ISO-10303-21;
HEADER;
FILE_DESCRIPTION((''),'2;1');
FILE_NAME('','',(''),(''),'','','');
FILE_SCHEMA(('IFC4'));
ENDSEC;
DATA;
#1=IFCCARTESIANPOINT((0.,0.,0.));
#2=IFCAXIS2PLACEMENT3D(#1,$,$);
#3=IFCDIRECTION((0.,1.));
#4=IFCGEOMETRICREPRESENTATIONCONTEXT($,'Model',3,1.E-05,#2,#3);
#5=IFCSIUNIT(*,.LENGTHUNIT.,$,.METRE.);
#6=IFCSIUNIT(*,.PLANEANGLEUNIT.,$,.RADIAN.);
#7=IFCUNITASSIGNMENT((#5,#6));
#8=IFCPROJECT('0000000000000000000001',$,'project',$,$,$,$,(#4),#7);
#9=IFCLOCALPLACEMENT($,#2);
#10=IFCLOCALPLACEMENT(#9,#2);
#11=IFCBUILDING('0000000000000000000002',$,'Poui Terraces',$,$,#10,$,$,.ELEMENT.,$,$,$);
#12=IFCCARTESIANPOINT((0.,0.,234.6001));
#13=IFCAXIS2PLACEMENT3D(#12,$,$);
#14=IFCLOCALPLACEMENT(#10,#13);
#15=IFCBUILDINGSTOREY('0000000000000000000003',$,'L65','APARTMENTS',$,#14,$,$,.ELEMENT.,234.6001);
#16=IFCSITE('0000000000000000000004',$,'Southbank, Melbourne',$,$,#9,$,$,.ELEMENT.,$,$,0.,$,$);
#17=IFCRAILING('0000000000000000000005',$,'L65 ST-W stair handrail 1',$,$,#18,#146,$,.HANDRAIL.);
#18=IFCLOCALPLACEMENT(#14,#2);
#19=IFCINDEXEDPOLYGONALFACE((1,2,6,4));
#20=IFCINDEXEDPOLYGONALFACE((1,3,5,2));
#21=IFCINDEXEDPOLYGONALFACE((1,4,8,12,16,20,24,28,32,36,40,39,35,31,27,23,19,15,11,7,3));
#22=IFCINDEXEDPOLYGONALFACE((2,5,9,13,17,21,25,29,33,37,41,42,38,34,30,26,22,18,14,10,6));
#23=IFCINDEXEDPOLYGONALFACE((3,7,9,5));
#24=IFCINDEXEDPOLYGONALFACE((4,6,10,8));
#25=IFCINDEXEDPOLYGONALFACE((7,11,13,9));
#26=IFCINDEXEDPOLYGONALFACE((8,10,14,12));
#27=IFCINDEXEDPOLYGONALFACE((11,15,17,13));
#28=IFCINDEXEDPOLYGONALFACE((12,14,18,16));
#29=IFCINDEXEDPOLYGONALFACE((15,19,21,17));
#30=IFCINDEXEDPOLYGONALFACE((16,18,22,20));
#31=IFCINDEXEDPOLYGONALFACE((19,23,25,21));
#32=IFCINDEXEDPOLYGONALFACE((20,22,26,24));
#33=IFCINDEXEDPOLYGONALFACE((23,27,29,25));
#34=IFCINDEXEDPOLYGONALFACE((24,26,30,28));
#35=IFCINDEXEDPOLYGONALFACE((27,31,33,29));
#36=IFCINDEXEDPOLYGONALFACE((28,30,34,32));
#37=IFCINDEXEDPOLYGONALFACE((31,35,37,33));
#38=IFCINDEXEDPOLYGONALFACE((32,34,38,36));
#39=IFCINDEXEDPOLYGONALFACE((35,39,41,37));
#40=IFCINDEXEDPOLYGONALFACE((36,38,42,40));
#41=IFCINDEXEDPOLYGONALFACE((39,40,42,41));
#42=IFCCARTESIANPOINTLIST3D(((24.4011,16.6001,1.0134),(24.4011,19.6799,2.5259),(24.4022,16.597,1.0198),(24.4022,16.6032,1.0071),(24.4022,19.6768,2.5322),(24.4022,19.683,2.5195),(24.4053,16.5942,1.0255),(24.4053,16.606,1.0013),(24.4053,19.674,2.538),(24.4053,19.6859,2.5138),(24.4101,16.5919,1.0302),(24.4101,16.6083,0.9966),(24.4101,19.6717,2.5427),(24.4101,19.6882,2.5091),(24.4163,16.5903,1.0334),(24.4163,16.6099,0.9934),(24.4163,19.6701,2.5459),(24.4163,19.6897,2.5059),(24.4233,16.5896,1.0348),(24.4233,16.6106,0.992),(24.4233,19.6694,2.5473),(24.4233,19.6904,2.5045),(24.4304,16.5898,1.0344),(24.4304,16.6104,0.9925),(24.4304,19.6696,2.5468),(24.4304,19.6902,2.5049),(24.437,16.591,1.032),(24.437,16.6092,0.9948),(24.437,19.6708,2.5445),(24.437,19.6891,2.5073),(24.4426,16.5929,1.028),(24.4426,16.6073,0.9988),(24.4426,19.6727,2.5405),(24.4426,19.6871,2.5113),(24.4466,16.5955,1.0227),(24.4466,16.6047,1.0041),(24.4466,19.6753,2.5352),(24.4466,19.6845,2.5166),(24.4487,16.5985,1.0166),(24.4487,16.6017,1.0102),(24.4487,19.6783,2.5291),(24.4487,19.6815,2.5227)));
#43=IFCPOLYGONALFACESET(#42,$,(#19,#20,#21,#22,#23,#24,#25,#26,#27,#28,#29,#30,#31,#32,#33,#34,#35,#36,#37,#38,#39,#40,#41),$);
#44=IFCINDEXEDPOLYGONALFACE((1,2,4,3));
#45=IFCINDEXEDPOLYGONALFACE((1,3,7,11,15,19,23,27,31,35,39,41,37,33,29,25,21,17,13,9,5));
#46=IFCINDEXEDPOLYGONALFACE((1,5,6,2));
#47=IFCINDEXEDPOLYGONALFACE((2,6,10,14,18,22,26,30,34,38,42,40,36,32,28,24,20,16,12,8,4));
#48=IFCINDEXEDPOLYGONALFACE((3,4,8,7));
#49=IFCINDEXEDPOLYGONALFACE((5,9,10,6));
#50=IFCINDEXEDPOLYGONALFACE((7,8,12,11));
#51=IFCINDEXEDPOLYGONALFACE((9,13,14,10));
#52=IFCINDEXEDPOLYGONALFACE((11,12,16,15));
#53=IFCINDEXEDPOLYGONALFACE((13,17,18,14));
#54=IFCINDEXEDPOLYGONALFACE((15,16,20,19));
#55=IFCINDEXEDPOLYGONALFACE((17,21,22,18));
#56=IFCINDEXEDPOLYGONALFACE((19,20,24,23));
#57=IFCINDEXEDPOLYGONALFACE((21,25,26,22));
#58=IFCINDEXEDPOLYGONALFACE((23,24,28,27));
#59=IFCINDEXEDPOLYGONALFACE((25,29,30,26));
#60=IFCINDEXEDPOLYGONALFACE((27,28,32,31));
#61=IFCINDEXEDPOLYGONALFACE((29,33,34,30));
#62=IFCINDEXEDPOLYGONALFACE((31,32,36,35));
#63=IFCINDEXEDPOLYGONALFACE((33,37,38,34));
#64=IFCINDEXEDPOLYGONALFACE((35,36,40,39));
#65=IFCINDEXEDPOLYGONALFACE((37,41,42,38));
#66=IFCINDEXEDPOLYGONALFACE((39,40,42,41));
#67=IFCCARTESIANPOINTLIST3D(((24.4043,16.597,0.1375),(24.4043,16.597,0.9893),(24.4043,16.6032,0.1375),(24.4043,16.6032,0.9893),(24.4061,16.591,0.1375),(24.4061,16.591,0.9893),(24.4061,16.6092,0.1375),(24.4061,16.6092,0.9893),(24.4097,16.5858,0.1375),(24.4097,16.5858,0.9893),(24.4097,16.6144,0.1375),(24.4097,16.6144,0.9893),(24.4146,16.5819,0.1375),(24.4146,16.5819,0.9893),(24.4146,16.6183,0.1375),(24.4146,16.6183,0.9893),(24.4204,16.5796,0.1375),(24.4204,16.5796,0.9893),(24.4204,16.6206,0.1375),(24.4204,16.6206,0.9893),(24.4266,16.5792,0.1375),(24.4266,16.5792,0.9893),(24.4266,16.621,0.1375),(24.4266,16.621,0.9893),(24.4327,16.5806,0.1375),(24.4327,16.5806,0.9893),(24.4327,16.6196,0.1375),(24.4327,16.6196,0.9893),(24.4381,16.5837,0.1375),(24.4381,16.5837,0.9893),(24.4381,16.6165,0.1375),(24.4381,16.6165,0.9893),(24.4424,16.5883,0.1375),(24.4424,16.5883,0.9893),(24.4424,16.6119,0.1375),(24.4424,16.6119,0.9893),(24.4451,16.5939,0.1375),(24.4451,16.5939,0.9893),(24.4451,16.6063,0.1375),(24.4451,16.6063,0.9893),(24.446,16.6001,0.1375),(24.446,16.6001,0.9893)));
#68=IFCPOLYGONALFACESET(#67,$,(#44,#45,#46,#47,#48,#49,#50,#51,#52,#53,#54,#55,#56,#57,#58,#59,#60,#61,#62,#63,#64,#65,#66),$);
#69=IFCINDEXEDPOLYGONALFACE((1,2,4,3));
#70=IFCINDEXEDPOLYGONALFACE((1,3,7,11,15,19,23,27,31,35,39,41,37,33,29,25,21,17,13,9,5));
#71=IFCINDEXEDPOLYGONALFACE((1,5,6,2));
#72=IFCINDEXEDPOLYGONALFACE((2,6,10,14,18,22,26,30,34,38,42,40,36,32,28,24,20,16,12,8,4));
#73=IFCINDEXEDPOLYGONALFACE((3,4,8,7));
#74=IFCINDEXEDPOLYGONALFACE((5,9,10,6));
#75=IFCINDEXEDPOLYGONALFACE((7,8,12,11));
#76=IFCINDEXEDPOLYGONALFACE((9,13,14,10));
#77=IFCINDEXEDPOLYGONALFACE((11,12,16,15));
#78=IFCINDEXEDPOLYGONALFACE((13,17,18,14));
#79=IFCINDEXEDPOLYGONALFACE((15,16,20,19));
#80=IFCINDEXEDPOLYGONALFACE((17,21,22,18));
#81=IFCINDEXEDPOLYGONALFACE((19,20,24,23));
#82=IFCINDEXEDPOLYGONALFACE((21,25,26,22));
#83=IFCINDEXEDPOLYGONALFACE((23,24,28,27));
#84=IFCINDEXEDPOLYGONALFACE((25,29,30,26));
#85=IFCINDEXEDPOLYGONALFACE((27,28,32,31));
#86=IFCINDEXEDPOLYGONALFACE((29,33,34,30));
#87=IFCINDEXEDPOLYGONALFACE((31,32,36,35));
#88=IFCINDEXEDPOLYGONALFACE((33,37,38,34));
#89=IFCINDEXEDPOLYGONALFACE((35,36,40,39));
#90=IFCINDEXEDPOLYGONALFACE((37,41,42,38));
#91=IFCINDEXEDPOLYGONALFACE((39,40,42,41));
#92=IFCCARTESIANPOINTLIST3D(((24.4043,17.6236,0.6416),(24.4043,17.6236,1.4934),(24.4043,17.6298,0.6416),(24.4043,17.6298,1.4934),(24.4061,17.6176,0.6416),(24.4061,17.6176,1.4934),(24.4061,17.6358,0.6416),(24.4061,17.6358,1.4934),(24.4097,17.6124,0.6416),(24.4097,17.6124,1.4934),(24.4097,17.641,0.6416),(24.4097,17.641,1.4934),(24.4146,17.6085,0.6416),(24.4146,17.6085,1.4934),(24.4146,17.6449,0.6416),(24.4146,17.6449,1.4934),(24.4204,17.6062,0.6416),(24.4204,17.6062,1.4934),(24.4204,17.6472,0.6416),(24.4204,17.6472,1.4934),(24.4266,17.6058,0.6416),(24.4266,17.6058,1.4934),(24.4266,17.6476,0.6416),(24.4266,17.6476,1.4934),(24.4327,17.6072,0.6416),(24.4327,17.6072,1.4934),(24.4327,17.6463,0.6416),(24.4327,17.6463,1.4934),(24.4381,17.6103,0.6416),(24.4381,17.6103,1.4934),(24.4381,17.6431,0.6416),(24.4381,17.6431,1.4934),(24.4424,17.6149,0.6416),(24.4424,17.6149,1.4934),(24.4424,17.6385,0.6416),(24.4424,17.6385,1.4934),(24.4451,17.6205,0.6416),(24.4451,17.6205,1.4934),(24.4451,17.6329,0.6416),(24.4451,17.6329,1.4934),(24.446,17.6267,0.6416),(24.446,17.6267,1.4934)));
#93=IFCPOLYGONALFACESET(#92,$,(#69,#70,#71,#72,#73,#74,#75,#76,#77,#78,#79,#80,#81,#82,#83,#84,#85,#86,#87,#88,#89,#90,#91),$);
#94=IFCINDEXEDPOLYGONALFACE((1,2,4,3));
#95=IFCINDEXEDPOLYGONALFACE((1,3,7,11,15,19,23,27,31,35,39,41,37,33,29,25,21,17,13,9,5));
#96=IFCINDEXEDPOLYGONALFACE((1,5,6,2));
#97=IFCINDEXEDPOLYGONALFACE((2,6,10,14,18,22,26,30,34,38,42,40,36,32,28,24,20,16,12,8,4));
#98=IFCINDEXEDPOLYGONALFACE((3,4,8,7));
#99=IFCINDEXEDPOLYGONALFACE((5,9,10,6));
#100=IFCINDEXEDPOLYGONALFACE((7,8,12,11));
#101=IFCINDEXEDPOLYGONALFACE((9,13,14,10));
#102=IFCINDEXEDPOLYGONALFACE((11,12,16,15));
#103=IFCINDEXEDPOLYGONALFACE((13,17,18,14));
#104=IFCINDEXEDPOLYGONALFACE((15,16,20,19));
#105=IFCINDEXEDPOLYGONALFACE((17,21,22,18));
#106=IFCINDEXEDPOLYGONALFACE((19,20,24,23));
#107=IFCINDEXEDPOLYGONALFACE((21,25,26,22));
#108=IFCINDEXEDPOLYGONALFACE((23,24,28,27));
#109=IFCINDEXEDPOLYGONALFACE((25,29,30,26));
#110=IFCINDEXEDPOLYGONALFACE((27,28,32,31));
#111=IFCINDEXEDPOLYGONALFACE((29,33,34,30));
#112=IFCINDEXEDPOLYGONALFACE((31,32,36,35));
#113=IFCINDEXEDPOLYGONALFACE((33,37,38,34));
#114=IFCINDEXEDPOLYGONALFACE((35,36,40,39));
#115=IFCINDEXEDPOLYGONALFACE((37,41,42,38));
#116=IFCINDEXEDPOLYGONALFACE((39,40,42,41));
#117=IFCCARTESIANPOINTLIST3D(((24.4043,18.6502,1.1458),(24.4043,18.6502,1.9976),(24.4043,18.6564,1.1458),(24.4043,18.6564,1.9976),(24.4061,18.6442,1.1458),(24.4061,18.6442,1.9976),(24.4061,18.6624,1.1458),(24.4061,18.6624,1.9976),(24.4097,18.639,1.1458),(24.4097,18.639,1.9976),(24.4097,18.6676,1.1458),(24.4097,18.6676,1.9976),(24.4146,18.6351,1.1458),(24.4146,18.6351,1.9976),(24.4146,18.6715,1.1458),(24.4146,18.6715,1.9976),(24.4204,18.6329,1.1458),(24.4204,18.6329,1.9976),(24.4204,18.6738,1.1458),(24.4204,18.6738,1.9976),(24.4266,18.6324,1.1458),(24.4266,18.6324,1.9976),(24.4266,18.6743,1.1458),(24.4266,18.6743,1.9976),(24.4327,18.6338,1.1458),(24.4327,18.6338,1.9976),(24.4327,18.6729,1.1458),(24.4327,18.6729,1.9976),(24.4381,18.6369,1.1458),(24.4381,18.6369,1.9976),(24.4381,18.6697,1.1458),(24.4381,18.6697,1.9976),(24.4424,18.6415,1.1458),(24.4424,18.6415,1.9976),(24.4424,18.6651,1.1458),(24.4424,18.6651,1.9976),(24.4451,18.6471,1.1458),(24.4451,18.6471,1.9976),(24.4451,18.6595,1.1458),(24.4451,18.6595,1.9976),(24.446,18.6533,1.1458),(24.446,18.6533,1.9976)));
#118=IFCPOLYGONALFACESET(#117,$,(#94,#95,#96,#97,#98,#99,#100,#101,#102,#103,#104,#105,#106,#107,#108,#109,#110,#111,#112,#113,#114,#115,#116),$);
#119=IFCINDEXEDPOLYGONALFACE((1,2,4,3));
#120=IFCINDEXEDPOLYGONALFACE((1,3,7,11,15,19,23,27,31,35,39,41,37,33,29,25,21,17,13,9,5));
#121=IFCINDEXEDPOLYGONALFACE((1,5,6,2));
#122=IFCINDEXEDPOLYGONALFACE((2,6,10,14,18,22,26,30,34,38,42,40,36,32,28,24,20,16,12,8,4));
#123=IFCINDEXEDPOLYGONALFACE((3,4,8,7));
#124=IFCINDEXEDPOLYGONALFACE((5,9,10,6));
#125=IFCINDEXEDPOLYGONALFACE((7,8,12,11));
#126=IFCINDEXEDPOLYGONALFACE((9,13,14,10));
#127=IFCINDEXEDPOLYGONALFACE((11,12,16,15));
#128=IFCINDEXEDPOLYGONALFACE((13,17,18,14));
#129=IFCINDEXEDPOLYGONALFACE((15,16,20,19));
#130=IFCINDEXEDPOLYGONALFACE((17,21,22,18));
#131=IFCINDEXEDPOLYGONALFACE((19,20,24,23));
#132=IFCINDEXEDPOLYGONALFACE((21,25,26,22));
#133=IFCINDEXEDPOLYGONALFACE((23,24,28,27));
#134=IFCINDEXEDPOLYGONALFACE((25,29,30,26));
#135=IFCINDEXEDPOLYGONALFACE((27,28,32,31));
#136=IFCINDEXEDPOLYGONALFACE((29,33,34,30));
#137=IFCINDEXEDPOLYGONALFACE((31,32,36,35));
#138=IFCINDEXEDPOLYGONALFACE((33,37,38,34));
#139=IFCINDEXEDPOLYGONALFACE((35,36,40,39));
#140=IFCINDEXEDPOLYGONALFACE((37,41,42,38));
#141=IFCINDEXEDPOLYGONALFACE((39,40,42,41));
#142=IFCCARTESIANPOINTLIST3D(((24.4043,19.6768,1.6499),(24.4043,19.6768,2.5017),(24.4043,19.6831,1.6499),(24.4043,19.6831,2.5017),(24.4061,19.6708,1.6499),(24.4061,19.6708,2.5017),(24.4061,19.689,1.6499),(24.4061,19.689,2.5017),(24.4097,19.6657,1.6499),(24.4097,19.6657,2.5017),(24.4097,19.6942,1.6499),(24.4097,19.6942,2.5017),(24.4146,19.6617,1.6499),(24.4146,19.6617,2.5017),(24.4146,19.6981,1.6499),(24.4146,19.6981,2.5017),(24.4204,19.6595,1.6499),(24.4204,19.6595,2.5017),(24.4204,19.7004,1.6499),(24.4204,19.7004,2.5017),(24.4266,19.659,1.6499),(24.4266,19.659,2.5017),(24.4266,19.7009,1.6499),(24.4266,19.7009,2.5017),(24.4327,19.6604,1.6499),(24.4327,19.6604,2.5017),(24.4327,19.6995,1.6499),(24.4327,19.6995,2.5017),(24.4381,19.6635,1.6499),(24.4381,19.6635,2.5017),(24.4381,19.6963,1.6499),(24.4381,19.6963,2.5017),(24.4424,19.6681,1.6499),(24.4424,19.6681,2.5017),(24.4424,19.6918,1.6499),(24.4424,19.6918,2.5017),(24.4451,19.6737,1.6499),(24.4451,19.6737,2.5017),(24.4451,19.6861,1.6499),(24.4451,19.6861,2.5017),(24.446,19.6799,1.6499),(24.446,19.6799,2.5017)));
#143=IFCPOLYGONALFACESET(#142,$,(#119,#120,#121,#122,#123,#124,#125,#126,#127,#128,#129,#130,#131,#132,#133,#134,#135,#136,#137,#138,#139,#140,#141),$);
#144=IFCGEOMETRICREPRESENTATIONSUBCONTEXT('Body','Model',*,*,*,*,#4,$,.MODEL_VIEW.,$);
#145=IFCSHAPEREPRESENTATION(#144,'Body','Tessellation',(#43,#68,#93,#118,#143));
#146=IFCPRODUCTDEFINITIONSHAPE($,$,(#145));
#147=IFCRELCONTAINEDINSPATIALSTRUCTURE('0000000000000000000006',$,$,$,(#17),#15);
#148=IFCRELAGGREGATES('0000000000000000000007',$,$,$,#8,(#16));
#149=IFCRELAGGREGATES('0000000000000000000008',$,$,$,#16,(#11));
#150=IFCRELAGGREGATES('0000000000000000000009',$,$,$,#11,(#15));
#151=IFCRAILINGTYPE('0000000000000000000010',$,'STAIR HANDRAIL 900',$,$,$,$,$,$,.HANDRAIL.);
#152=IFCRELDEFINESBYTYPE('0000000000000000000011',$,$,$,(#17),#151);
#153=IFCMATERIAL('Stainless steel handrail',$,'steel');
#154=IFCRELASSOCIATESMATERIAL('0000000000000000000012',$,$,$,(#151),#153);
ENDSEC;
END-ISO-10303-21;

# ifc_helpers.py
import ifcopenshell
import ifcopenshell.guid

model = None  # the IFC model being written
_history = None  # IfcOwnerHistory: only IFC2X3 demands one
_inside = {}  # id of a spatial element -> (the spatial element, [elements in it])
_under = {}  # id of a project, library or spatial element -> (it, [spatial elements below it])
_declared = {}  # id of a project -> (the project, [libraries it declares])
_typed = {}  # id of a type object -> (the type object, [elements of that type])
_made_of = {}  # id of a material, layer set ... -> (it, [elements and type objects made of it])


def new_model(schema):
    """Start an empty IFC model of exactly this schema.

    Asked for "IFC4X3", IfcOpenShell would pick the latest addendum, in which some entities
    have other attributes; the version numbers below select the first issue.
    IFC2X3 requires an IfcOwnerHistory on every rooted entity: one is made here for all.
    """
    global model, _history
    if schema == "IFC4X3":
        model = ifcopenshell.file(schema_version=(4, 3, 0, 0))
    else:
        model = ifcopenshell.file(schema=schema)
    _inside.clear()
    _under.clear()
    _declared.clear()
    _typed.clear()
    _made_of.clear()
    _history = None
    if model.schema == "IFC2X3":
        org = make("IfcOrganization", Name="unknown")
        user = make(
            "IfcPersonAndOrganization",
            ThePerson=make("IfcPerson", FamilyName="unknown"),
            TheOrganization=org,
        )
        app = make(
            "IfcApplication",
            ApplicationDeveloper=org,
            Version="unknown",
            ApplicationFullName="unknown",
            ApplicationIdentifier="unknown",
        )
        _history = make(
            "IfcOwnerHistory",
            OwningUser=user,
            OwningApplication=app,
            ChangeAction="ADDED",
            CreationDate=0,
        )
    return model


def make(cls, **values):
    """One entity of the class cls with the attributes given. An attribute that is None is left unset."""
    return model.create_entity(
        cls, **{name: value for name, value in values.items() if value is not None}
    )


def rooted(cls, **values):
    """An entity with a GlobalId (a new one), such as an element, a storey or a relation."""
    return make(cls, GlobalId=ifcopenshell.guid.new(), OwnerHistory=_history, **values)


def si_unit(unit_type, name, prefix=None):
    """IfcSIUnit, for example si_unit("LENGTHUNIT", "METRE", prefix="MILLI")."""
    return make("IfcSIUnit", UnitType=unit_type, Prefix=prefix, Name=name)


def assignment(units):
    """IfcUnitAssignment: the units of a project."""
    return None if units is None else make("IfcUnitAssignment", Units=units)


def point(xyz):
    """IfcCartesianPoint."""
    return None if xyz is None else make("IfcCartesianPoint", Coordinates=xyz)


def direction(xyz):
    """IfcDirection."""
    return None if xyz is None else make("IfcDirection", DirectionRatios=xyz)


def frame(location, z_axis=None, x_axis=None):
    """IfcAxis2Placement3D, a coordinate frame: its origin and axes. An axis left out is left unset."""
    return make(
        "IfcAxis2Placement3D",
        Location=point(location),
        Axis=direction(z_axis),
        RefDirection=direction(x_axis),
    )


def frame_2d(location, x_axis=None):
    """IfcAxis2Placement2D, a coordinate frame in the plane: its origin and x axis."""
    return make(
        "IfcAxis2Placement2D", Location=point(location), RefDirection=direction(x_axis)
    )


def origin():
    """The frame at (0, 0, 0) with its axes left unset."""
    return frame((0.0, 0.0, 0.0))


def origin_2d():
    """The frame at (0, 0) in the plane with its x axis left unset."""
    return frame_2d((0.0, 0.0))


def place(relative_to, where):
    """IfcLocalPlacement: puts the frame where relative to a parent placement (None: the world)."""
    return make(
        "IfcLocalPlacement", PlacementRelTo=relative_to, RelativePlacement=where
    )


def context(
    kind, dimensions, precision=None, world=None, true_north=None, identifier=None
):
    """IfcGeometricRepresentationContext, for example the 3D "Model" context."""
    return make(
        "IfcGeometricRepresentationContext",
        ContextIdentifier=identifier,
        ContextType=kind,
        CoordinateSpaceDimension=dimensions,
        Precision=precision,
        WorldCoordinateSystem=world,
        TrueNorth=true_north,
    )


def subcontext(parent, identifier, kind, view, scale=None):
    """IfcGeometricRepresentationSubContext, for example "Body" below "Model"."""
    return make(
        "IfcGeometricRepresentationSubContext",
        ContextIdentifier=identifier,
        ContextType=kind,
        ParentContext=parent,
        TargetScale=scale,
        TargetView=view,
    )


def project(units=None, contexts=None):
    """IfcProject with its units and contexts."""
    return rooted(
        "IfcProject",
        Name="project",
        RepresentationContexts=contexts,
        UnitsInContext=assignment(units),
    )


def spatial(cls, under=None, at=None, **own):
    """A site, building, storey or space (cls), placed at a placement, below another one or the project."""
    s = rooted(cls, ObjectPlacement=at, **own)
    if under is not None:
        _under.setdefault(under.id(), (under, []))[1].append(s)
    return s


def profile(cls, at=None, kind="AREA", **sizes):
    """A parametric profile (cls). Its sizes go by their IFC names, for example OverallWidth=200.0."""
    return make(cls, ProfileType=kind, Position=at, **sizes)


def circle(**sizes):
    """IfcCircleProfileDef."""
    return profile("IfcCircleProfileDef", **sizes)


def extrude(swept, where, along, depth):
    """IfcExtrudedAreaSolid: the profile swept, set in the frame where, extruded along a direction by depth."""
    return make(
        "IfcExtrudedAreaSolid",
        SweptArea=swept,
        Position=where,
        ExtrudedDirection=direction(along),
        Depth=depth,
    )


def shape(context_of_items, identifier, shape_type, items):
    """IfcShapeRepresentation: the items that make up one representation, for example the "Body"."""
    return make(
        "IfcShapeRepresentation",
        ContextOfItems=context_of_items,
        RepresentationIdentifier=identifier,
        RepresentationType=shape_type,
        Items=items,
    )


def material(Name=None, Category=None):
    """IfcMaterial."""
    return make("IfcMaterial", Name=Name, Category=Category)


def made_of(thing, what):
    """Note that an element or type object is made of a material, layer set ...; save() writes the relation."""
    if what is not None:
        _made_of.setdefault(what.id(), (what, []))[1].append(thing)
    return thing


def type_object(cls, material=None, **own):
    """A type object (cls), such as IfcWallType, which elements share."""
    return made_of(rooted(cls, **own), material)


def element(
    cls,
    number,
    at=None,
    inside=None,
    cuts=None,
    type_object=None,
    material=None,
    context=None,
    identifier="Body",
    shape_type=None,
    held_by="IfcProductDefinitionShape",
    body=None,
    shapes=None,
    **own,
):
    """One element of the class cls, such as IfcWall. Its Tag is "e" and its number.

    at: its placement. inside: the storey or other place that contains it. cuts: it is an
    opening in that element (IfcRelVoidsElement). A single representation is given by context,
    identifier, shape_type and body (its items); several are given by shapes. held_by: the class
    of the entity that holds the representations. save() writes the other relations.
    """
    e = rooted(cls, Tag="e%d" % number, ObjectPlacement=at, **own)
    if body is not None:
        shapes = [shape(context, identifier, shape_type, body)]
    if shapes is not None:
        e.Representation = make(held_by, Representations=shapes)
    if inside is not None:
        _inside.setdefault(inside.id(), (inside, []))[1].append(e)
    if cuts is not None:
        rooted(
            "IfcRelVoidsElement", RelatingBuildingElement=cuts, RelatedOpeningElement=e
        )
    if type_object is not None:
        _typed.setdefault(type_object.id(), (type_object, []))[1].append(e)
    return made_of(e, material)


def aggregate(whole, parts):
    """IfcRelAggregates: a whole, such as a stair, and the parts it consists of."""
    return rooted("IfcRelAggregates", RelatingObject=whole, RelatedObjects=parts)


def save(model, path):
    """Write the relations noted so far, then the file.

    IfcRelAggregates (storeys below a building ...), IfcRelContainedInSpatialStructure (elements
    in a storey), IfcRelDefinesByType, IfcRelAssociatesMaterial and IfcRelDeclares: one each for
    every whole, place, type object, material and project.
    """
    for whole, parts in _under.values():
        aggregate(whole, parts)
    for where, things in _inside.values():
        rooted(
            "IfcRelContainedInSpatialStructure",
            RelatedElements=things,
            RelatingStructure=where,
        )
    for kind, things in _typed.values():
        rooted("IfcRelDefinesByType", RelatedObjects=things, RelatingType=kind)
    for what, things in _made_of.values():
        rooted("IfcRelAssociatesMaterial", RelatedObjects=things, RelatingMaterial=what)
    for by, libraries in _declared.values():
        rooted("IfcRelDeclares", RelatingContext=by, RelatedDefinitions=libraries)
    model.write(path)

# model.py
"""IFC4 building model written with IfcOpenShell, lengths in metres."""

from ifc_helpers import new_model, si_unit, direction, frame, origin, origin_2d, place, context, subcontext, project, spatial, circle, extrude, material, type_object, element, save


model = new_model("IFC4")

# Units and contexts
model_context = context("Model", 3, precision=1e-05, world=origin(), true_north=direction((0.0, 1.0)))
body_context = subcontext(model_context, "Body", "Model", "MODEL_VIEW")
ifc_project = project(units=[si_unit("LENGTHUNIT", "METRE"), si_unit("PLANEANGLEUNIT", "RADIAN")], contexts=[model_context])

# Site, building, storey
site_placement = place(None, origin())
site = spatial("IfcSite", under=ifc_project, at=site_placement, Name="Southbank, Melbourne", CompositionType="ELEMENT", RefElevation=0.0)
building_placement = place(site_placement, origin())
building = spatial("IfcBuilding", under=site, at=building_placement, Name="Poui Terraces", CompositionType="ELEMENT")
storey_placement = place(building_placement, frame((0.0, 0.0, 234.6001)))
storey = spatial("IfcBuildingStorey", under=building, at=storey_placement, Name="L65", Description="APARTMENTS", CompositionType="ELEMENT", Elevation=234.6001)

# Railing
ifc_material_1 = material(Name="Stainless steel handrail", Category="steel")
railing_type_1 = type_object("IfcRailingType", Name="STAIR HANDRAIL 900", PredefinedType="HANDRAIL", material=ifc_material_1)
railing_1_placement = place(storey_placement, frame((24.425, 16.6001, 0.1375)))
element("IfcRailing", 1, at=railing_1_placement, inside=storey, type_object=railing_type_1, Name="L65 ST-W stair handrail 1", PredefinedType="HANDRAIL", context=body_context, shape_type="SweptSolid", body=[
    extrude(circle(Radius=0.0239, at=origin_2d()), frame((0.0, 0.0, 0.876), z_axis=(0.0, 0.897606, 0.440798), x_axis=(-1.0, 0.0, 0.0)), (0.0, 0.0, 1.0), 3.4312),
    extrude(circle(Radius=0.021, at=origin_2d()), origin(), (0.0, 0.0, 1.0), 0.8518),
    extrude(circle(Radius=0.021, at=origin_2d()), frame((0.0, 1.0266, 0.5042)), (0.0, 0.0, 1.0), 0.8518),
    extrude(circle(Radius=0.021, at=origin_2d()), frame((0.0, 2.0532, 1.0083)), (0.0, 0.0, 1.0), 0.8518),
    extrude(circle(Radius=0.021, at=origin_2d()), frame((0.0, 3.0798, 1.5125)), (0.0, 0.0, 1.0), 0.8518),
])

save(model, "model.ifc")
